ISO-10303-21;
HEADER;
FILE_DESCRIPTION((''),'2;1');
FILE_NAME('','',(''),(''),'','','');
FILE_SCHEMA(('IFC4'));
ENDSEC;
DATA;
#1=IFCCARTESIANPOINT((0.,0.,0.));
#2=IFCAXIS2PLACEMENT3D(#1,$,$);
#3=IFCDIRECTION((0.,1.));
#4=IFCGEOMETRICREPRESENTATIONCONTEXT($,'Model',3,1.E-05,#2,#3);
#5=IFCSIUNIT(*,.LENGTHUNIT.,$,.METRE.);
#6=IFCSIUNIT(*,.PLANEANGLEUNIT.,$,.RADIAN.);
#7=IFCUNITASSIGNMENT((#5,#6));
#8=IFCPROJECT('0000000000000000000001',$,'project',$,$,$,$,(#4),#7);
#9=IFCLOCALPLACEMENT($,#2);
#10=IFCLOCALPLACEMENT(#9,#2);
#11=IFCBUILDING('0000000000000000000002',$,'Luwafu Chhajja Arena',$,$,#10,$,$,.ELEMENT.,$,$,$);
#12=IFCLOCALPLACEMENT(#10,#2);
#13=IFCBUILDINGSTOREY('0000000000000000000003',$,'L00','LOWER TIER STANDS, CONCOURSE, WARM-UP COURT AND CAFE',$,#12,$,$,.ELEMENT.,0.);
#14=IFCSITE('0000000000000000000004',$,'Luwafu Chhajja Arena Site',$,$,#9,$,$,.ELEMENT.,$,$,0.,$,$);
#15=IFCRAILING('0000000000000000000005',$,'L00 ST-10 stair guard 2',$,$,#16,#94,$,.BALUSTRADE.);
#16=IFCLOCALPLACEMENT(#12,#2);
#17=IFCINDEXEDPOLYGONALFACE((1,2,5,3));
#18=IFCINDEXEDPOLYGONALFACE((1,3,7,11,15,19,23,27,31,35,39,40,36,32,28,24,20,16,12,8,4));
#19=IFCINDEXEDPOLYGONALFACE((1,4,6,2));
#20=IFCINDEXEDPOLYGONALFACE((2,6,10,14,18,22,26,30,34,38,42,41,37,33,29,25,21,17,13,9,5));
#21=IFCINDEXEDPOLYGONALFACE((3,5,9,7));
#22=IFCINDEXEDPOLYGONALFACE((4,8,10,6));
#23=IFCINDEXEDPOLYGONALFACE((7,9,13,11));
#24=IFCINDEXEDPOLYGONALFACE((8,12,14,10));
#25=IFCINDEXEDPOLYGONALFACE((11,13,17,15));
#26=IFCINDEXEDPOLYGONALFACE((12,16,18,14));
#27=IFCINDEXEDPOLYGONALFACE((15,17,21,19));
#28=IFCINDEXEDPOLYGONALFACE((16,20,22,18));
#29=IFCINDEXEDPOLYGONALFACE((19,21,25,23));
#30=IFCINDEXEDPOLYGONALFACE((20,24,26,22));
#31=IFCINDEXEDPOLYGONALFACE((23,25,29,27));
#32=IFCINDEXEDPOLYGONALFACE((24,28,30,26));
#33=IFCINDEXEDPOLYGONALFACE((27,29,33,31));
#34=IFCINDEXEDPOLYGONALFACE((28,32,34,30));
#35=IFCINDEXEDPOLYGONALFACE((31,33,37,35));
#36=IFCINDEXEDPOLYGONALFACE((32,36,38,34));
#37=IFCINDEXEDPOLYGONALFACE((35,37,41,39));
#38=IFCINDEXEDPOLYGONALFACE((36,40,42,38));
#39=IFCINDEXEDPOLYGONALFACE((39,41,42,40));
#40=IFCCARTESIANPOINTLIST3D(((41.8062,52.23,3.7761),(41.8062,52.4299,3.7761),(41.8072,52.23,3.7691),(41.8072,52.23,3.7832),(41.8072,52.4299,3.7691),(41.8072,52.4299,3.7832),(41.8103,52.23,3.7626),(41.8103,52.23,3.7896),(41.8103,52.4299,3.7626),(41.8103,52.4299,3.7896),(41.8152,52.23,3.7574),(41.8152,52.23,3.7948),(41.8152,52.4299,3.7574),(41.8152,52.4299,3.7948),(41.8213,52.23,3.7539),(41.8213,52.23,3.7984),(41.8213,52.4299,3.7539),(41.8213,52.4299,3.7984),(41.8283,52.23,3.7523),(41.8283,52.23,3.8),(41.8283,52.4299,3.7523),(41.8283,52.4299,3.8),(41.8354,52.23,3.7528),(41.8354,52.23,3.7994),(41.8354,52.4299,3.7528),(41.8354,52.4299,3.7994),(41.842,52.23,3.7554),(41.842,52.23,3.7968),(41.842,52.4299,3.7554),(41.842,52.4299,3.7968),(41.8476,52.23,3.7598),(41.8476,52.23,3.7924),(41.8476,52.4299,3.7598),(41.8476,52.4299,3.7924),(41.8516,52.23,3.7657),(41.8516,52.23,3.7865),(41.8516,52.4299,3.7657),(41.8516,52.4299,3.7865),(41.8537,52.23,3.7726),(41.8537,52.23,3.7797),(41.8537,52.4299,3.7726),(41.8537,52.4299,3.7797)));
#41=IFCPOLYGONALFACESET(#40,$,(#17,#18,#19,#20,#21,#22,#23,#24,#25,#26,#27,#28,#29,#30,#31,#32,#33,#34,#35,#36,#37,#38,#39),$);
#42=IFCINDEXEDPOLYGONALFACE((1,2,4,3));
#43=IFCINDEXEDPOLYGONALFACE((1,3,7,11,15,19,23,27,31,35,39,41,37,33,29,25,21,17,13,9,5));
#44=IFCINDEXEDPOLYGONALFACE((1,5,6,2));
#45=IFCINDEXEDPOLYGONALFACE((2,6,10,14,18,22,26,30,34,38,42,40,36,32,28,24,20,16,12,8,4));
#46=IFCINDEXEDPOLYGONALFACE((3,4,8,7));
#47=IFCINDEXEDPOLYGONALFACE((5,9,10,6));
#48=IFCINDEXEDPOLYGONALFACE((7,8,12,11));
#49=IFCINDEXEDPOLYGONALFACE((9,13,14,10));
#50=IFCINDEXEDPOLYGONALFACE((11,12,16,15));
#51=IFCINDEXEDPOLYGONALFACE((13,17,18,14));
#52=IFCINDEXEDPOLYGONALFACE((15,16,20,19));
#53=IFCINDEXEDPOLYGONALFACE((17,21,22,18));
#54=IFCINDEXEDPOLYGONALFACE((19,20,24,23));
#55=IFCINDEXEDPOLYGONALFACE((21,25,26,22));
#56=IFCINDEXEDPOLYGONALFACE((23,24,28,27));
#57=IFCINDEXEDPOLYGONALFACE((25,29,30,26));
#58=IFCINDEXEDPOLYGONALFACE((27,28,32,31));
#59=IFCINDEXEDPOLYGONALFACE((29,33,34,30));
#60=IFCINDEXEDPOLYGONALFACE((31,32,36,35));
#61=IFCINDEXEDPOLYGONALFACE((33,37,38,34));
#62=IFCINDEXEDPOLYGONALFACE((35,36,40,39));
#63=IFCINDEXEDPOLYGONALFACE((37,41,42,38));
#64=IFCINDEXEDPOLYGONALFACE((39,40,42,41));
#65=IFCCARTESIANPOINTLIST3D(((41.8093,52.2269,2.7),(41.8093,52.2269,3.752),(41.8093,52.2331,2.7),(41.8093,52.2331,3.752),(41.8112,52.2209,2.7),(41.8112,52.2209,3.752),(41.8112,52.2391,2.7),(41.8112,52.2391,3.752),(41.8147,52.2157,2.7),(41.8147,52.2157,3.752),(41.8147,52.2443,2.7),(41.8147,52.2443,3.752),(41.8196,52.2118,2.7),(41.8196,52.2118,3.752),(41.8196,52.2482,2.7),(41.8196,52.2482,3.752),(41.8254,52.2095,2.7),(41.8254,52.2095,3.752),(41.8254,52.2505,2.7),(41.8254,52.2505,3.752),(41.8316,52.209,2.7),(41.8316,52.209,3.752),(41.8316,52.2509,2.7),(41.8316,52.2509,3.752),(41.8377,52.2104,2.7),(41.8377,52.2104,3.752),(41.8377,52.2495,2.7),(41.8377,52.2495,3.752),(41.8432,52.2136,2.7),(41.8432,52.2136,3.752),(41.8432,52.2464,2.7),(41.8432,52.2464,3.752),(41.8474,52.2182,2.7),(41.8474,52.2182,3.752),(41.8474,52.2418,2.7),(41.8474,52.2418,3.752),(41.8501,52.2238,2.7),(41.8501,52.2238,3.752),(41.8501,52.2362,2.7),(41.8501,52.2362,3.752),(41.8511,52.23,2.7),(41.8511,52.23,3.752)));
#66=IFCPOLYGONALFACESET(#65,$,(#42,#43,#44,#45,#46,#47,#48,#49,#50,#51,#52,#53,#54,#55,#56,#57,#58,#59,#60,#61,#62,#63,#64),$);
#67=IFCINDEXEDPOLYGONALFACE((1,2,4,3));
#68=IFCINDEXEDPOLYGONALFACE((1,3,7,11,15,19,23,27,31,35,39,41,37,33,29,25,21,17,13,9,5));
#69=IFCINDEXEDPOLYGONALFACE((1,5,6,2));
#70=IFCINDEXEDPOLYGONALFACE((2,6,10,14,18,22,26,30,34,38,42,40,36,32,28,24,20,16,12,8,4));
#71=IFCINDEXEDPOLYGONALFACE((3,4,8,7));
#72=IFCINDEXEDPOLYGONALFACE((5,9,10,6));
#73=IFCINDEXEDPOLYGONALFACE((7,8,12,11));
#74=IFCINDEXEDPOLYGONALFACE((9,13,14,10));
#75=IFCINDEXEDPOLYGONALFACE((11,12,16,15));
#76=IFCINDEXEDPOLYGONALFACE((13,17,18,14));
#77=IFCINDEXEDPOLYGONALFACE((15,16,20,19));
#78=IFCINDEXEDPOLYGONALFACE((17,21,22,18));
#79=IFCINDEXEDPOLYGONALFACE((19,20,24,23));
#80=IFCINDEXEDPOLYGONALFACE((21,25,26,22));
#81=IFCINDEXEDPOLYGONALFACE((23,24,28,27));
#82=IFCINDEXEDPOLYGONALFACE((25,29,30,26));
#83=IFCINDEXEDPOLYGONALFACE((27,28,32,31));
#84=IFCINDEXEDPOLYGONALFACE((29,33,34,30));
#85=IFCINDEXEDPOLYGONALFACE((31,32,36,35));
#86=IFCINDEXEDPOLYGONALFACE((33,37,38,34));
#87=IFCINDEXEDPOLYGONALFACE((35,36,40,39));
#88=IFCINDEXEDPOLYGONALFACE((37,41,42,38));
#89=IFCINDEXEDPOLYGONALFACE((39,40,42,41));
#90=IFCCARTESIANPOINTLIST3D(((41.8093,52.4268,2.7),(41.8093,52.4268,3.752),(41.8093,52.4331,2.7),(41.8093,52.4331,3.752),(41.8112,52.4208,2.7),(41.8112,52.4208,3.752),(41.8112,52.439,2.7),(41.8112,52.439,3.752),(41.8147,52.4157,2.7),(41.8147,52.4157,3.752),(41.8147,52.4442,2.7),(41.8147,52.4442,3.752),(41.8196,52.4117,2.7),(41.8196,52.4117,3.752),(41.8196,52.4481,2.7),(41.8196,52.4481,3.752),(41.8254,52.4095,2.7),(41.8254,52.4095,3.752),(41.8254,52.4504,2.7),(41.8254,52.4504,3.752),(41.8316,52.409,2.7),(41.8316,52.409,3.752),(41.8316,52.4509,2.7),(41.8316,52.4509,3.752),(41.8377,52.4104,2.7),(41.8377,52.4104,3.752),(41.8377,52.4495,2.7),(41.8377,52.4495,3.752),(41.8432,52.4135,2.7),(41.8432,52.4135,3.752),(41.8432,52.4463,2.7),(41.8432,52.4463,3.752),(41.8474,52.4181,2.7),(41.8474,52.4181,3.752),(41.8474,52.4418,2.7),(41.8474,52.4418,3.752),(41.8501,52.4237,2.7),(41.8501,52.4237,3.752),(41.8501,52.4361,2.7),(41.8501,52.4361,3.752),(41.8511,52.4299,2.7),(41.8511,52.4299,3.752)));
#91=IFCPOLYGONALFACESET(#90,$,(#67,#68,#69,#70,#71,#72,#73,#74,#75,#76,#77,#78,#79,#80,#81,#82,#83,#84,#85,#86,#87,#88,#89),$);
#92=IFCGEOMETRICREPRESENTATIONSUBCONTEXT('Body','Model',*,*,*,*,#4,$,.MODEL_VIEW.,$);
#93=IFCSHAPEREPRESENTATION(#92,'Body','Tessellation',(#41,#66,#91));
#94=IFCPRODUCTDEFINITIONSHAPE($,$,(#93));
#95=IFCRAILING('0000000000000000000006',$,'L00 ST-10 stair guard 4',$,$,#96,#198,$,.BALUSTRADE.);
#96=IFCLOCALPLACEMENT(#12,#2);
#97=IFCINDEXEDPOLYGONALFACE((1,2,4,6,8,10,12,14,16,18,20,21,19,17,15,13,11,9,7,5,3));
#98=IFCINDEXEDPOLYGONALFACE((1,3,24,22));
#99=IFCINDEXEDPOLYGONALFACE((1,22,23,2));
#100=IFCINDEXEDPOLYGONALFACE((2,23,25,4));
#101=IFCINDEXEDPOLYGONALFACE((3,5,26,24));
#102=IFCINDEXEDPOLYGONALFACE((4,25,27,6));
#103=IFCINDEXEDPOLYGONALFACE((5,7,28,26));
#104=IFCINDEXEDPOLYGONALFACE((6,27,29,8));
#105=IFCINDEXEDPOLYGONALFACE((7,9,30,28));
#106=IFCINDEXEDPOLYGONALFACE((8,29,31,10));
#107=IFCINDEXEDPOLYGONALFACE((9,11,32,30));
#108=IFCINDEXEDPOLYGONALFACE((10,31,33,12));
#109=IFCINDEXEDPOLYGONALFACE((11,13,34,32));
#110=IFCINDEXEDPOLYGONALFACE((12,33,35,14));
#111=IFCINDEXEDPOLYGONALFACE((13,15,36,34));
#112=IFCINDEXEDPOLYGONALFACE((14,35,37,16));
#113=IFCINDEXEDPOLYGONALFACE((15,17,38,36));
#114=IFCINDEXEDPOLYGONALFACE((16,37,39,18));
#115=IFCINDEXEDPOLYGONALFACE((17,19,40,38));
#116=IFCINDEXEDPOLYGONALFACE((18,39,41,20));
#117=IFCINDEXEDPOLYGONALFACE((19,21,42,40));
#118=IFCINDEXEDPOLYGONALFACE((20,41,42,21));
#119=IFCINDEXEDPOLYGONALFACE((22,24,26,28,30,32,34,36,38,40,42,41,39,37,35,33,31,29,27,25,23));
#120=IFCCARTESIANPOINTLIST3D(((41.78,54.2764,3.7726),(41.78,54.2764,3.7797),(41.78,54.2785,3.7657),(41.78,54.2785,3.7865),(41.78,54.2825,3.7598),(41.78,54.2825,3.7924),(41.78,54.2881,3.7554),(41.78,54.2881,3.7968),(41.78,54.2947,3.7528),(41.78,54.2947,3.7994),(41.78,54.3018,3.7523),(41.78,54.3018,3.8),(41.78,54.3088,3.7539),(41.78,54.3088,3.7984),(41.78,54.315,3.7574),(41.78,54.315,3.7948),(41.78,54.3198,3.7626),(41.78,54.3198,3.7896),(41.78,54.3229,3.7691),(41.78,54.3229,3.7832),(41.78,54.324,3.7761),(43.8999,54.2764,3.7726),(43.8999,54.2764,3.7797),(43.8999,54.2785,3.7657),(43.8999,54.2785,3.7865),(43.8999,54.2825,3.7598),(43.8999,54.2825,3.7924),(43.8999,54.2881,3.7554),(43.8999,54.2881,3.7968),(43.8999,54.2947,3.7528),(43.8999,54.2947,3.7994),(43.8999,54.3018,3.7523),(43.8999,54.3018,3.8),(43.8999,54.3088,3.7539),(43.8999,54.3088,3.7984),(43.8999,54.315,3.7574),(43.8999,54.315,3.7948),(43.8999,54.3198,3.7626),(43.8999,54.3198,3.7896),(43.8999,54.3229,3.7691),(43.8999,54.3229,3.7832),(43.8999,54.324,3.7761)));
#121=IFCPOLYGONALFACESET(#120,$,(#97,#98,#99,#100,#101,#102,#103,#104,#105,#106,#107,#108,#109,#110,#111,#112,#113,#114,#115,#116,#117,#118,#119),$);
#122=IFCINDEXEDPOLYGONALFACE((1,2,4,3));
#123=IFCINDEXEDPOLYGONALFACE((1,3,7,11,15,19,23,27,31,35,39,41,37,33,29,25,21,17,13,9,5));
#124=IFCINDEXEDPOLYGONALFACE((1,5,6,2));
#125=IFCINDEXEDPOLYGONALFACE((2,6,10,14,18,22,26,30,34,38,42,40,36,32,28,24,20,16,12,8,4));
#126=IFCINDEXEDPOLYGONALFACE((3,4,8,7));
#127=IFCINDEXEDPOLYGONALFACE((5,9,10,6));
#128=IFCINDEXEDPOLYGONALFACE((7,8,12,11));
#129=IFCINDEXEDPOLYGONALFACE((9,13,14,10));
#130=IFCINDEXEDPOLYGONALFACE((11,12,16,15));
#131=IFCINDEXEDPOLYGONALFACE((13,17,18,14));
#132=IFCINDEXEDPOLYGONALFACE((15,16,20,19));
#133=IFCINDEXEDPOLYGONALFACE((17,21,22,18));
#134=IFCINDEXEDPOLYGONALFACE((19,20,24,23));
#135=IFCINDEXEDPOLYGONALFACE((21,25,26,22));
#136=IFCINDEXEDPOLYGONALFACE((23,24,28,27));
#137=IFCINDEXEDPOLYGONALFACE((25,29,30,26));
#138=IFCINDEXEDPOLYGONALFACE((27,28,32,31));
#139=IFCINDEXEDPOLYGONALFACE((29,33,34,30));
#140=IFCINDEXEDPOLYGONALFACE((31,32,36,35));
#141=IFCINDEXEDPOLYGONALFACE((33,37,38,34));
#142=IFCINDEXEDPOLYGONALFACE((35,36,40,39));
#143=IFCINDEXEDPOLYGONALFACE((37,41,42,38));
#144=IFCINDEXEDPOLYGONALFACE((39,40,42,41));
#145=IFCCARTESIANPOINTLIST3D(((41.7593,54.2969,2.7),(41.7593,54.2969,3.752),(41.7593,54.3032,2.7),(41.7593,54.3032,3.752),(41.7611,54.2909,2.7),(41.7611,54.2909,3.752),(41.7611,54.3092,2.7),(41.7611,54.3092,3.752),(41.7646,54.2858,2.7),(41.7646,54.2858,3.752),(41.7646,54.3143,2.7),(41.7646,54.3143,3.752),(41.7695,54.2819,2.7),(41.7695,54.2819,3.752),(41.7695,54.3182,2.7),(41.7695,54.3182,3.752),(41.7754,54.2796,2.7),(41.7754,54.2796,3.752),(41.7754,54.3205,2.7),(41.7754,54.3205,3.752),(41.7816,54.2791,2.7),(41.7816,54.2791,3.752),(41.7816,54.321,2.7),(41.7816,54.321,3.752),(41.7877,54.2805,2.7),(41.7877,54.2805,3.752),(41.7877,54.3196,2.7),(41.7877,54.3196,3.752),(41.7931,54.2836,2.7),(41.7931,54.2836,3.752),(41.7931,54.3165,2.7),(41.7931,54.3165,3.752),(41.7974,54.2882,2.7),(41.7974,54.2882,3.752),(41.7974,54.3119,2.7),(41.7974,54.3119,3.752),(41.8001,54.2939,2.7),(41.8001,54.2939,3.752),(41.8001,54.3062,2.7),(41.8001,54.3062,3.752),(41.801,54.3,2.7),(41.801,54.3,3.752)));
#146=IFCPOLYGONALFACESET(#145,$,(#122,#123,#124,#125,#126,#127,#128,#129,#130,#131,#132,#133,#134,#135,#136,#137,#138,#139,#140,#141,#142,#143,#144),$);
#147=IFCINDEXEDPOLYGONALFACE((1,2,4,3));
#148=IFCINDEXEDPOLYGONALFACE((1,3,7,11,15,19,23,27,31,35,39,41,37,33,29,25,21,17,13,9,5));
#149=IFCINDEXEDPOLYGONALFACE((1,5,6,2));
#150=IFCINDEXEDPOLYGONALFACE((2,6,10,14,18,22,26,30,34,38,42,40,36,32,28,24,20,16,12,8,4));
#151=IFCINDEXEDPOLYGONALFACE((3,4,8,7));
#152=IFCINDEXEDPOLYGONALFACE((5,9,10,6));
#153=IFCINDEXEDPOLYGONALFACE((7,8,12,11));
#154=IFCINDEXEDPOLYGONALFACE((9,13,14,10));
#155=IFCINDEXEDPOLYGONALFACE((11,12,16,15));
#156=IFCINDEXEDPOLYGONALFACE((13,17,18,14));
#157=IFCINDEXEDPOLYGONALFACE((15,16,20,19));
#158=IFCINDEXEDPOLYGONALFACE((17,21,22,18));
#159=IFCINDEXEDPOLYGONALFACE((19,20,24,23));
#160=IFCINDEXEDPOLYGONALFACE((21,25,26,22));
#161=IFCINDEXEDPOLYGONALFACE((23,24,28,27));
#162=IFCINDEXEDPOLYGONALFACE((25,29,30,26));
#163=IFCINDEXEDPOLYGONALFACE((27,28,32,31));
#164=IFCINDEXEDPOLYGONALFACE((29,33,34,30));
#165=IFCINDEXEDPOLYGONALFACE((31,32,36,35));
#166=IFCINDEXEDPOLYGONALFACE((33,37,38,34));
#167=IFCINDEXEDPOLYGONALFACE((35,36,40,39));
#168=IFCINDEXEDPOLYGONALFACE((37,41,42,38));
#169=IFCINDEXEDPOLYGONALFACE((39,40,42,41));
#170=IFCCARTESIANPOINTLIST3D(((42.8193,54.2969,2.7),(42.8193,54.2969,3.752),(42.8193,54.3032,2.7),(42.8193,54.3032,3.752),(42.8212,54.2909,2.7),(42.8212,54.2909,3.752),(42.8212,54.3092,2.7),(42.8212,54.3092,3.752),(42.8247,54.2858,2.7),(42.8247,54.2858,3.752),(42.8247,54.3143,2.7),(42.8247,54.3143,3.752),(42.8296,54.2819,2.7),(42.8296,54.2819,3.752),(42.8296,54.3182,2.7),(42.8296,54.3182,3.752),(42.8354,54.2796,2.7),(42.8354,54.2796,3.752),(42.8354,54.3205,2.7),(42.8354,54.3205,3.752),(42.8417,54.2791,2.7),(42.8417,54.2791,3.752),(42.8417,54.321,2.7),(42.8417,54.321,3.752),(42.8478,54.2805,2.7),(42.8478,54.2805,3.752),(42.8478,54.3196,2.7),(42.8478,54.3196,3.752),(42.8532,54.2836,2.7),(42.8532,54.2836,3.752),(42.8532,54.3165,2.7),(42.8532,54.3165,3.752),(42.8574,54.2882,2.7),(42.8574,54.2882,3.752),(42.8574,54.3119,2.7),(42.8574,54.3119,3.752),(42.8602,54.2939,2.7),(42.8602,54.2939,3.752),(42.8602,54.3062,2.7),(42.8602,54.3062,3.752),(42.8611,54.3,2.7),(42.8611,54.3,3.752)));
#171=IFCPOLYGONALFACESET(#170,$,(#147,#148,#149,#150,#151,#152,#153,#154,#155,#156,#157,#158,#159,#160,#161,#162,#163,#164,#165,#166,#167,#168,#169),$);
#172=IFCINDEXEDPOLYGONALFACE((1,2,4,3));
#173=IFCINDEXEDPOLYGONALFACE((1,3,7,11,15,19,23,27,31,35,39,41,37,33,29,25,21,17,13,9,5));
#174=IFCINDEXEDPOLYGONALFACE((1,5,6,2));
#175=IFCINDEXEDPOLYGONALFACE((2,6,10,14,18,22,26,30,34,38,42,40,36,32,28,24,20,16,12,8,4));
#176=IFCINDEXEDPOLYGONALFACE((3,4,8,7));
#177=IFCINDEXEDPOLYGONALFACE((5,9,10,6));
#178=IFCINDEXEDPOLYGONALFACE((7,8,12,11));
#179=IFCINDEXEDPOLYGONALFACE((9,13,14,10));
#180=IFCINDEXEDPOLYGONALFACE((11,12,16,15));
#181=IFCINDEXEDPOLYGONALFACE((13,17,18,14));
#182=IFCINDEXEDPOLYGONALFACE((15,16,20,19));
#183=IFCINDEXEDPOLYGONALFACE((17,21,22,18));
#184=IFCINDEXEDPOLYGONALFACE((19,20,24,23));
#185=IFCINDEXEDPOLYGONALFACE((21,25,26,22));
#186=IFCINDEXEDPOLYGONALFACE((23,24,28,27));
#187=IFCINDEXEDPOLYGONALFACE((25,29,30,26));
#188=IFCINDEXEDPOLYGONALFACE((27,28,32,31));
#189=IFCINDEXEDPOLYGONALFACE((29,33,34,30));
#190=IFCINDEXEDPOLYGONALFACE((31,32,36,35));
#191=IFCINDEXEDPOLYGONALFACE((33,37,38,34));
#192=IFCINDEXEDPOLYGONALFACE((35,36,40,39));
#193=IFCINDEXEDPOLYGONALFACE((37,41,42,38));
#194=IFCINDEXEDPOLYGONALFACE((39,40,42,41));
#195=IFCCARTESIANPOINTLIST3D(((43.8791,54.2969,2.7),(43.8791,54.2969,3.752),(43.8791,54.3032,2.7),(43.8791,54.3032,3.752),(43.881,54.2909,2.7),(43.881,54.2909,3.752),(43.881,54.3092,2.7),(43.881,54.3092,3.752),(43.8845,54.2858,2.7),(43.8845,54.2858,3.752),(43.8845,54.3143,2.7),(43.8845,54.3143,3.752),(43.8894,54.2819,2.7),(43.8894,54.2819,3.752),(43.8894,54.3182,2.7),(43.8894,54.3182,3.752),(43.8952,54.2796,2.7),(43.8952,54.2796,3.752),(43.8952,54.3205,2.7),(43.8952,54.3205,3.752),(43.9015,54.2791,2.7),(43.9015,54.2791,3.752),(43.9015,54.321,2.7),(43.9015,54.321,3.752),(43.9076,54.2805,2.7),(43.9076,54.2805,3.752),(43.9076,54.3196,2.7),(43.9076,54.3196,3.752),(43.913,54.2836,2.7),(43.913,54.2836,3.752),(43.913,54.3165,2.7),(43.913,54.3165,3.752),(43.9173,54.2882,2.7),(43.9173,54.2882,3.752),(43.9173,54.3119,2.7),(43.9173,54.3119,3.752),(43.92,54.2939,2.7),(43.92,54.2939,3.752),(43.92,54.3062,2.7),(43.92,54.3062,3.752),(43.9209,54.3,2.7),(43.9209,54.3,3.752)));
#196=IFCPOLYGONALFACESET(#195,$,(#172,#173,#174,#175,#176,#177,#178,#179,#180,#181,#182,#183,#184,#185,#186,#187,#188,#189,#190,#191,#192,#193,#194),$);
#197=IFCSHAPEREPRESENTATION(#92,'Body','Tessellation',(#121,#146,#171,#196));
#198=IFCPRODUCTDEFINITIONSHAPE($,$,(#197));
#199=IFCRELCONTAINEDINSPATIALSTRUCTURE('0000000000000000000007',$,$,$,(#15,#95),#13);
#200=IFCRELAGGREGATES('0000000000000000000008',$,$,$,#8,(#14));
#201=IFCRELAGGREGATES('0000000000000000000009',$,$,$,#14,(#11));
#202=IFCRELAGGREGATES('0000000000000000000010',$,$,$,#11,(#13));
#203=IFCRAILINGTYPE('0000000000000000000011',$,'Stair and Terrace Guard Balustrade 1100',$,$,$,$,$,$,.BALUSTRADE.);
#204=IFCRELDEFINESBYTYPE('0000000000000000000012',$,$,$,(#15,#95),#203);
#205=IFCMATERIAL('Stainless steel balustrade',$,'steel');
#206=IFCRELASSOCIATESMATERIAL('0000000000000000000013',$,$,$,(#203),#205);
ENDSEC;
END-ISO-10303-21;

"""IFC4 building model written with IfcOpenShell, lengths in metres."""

from ifc_helpers import new_model, si_unit, direction, frame, origin, origin_2d, place, context, subcontext, project, spatial, circle, extrude, material, type_object, element, save


model = new_model("IFC4")

# Units and contexts
model_context = context("Model", 3, precision=1e-05, world=origin(), true_north=direction((0.0, 1.0)))
body_context = subcontext(model_context, "Body", "Model", "MODEL_VIEW")
ifc_project = project(units=[si_unit("LENGTHUNIT", "METRE"), si_unit("PLANEANGLEUNIT", "RADIAN")], contexts=[model_context])

# Site, building, storey
site_placement = place(None, origin())
site = spatial("IfcSite", under=ifc_project, at=site_placement, Name="Luwafu Chhajja Arena Site", CompositionType="ELEMENT", RefElevation=0.0)
building_placement = place(site_placement, origin())
building = spatial("IfcBuilding", under=site, at=building_placement, Name="Luwafu Chhajja Arena", CompositionType="ELEMENT")
storey_placement = place(building_placement, origin())
storey = spatial("IfcBuildingStorey", under=building, at=storey_placement, Name="L00", Description="LOWER TIER STANDS, CONCOURSE, WARM-UP COURT AND CAFE", CompositionType="ELEMENT", Elevation=0.0)

# Railings
ifc_material_1 = material(Name="Stainless steel balustrade", Category="steel")
railing_type_1 = type_object("IfcRailingType", Name="Stair and Terrace Guard Balustrade 1100", PredefinedType="BALUSTRADE", material=ifc_material_1)
railing_1_placement = place(storey_placement, frame((41.8301, 52.23, 2.7)))
element("IfcRailing", 1, at=railing_1_placement, inside=storey, type_object=railing_type_1, Name="L00 ST-10 stair guard 2", PredefinedType="BALUSTRADE", context=body_context, shape_type="SweptSolid", body=[
    extrude(circle(Radius=0.0239, at=origin_2d()), frame((0.0, 0.0, 1.0762), z_axis=(0.0, 1.0, 0.0), x_axis=(-1.0, 0.0, 0.0)), (0.0, 0.0, 1.0), 0.2),
    extrude(circle(Radius=0.021, at=origin_2d()), origin(), (0.0, 0.0, 1.0), 1.052),
    extrude(circle(Radius=0.021, at=origin_2d()), frame((0.0, 0.2, 0.0)), (0.0, 0.0, 1.0), 1.052),
])
railing_2_placement = place(storey_placement, frame((41.78, 54.3, 2.7)))
element("IfcRailing", 2, at=railing_2_placement, inside=storey, type_object=railing_type_1, Name="L00 ST-10 stair guard 4", PredefinedType="BALUSTRADE", context=body_context, shape_type="SweptSolid", body=[
    extrude(circle(Radius=0.0239, at=origin_2d()), frame((0.0, 0.0, 1.0762), z_axis=(1.0, 0.0, 0.0), x_axis=(0.0, 1.0, 0.0)), (0.0, 0.0, 1.0), 2.1199),
    extrude(circle(Radius=0.021, at=origin_2d()), origin(), (0.0, 0.0, 1.0), 1.052),
    extrude(circle(Radius=0.021, at=origin_2d()), frame((1.0601, 0.0, 0.0)), (0.0, 0.0, 1.0), 1.052),
    extrude(circle(Radius=0.021, at=origin_2d()), frame((2.1199, 0.0, 0.0)), (0.0, 0.0, 1.0), 1.052),
])

save(model, "model.ifc")
